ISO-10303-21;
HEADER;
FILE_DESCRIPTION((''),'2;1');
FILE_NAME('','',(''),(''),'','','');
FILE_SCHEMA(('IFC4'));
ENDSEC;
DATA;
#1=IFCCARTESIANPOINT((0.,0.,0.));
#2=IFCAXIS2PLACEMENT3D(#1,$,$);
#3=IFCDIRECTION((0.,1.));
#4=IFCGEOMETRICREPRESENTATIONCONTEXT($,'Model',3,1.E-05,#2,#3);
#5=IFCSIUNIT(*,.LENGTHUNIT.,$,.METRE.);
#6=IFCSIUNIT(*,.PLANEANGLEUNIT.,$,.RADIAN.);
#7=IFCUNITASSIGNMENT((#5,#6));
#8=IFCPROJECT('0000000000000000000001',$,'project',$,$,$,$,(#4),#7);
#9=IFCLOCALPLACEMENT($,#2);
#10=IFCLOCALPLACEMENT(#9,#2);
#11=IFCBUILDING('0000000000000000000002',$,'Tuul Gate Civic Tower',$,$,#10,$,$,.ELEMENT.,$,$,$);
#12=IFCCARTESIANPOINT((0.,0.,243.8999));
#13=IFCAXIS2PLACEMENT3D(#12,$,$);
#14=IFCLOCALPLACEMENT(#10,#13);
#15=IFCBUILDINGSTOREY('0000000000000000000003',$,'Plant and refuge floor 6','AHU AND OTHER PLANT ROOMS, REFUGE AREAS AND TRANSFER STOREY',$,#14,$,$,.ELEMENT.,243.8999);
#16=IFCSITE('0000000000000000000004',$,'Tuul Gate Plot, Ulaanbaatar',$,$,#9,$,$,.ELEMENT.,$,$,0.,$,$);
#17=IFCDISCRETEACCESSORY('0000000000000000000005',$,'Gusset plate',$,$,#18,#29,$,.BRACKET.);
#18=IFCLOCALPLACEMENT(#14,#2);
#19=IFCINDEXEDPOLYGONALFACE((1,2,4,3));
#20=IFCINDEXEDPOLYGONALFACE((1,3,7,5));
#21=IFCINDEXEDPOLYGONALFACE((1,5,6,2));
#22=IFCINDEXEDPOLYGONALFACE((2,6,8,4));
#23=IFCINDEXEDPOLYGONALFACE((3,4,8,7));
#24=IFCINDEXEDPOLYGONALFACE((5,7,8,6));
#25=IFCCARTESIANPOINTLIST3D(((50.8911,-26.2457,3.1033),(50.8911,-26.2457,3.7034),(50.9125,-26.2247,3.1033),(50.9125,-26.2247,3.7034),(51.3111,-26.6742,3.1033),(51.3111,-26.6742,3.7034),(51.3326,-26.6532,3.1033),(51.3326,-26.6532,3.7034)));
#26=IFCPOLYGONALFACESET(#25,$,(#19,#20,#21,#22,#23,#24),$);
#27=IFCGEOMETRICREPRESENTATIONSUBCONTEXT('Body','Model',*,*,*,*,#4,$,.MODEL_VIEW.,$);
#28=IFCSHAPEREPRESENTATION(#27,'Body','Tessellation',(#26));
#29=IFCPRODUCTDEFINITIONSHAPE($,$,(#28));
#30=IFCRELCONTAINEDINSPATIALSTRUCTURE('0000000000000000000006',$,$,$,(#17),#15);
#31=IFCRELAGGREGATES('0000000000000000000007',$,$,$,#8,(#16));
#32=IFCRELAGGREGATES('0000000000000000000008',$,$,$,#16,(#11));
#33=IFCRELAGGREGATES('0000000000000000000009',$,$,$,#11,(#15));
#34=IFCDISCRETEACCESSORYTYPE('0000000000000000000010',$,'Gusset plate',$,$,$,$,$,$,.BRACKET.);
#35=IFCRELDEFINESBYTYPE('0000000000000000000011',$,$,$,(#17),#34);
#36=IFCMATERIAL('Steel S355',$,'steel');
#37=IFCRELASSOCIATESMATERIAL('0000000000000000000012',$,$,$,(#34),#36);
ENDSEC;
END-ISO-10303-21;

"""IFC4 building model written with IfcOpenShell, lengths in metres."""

from ifc_helpers import new_model, si_unit, direction, frame, origin, origin_2d, place, context, subcontext, project, spatial, rectangle, extrude, material, type_object, element, save


model = new_model("IFC4")

# Units and contexts
model_context = context("Model", 3, precision=1e-05, world=origin(), true_north=direction((0.0, 1.0)))
body_context = subcontext(model_context, "Body", "Model", "MODEL_VIEW")
ifc_project = project(units=[si_unit("LENGTHUNIT", "METRE"), si_unit("PLANEANGLEUNIT", "RADIAN")], contexts=[model_context])

# Site, building, storey
site_placement = place(None, origin())
site = spatial("IfcSite", under=ifc_project, at=site_placement, Name="Tuul Gate Plot, Ulaanbaatar", CompositionType="ELEMENT", RefElevation=0.0)
building_placement = place(site_placement, origin())
building = spatial("IfcBuilding", under=site, at=building_placement, Name="Tuul Gate Civic Tower", CompositionType="ELEMENT")
storey_placement = place(building_placement, frame((0.0, 0.0, 243.8999)))
storey = spatial("IfcBuildingStorey", under=building, at=storey_placement, Name="Plant and refuge floor 6", Description="AHU AND OTHER PLANT ROOMS, REFUGE AREAS AND TRANSFER STOREY", CompositionType="ELEMENT", Elevation=243.8999)

# Discrete accessory
ifc_material_1 = material(Name="Steel S355", Category="steel")
discrete_accessory_type = type_object("IfcDiscreteAccessoryType", Name="Gusset plate", PredefinedType="BRACKET", material=ifc_material_1)
discrete_accessory_placement = place(storey_placement, frame((51.1118, -26.4495, 3.1033), z_axis=(0.0, 0.0, 1.0), x_axis=(-0.700024, 0.714119, 0.0)))
element("IfcDiscreteAccessory", 1, at=discrete_accessory_placement, inside=storey, type_object=discrete_accessory_type, Name="Gusset plate", PredefinedType="BRACKET", context=body_context, shape_type="SweptSolid", body=[
    extrude(rectangle(XDim=0.6001, YDim=0.03, at=origin_2d()), origin(), (0.0, 0.0, 1.0), 0.6001),
])

save(model, "model.ifc")
